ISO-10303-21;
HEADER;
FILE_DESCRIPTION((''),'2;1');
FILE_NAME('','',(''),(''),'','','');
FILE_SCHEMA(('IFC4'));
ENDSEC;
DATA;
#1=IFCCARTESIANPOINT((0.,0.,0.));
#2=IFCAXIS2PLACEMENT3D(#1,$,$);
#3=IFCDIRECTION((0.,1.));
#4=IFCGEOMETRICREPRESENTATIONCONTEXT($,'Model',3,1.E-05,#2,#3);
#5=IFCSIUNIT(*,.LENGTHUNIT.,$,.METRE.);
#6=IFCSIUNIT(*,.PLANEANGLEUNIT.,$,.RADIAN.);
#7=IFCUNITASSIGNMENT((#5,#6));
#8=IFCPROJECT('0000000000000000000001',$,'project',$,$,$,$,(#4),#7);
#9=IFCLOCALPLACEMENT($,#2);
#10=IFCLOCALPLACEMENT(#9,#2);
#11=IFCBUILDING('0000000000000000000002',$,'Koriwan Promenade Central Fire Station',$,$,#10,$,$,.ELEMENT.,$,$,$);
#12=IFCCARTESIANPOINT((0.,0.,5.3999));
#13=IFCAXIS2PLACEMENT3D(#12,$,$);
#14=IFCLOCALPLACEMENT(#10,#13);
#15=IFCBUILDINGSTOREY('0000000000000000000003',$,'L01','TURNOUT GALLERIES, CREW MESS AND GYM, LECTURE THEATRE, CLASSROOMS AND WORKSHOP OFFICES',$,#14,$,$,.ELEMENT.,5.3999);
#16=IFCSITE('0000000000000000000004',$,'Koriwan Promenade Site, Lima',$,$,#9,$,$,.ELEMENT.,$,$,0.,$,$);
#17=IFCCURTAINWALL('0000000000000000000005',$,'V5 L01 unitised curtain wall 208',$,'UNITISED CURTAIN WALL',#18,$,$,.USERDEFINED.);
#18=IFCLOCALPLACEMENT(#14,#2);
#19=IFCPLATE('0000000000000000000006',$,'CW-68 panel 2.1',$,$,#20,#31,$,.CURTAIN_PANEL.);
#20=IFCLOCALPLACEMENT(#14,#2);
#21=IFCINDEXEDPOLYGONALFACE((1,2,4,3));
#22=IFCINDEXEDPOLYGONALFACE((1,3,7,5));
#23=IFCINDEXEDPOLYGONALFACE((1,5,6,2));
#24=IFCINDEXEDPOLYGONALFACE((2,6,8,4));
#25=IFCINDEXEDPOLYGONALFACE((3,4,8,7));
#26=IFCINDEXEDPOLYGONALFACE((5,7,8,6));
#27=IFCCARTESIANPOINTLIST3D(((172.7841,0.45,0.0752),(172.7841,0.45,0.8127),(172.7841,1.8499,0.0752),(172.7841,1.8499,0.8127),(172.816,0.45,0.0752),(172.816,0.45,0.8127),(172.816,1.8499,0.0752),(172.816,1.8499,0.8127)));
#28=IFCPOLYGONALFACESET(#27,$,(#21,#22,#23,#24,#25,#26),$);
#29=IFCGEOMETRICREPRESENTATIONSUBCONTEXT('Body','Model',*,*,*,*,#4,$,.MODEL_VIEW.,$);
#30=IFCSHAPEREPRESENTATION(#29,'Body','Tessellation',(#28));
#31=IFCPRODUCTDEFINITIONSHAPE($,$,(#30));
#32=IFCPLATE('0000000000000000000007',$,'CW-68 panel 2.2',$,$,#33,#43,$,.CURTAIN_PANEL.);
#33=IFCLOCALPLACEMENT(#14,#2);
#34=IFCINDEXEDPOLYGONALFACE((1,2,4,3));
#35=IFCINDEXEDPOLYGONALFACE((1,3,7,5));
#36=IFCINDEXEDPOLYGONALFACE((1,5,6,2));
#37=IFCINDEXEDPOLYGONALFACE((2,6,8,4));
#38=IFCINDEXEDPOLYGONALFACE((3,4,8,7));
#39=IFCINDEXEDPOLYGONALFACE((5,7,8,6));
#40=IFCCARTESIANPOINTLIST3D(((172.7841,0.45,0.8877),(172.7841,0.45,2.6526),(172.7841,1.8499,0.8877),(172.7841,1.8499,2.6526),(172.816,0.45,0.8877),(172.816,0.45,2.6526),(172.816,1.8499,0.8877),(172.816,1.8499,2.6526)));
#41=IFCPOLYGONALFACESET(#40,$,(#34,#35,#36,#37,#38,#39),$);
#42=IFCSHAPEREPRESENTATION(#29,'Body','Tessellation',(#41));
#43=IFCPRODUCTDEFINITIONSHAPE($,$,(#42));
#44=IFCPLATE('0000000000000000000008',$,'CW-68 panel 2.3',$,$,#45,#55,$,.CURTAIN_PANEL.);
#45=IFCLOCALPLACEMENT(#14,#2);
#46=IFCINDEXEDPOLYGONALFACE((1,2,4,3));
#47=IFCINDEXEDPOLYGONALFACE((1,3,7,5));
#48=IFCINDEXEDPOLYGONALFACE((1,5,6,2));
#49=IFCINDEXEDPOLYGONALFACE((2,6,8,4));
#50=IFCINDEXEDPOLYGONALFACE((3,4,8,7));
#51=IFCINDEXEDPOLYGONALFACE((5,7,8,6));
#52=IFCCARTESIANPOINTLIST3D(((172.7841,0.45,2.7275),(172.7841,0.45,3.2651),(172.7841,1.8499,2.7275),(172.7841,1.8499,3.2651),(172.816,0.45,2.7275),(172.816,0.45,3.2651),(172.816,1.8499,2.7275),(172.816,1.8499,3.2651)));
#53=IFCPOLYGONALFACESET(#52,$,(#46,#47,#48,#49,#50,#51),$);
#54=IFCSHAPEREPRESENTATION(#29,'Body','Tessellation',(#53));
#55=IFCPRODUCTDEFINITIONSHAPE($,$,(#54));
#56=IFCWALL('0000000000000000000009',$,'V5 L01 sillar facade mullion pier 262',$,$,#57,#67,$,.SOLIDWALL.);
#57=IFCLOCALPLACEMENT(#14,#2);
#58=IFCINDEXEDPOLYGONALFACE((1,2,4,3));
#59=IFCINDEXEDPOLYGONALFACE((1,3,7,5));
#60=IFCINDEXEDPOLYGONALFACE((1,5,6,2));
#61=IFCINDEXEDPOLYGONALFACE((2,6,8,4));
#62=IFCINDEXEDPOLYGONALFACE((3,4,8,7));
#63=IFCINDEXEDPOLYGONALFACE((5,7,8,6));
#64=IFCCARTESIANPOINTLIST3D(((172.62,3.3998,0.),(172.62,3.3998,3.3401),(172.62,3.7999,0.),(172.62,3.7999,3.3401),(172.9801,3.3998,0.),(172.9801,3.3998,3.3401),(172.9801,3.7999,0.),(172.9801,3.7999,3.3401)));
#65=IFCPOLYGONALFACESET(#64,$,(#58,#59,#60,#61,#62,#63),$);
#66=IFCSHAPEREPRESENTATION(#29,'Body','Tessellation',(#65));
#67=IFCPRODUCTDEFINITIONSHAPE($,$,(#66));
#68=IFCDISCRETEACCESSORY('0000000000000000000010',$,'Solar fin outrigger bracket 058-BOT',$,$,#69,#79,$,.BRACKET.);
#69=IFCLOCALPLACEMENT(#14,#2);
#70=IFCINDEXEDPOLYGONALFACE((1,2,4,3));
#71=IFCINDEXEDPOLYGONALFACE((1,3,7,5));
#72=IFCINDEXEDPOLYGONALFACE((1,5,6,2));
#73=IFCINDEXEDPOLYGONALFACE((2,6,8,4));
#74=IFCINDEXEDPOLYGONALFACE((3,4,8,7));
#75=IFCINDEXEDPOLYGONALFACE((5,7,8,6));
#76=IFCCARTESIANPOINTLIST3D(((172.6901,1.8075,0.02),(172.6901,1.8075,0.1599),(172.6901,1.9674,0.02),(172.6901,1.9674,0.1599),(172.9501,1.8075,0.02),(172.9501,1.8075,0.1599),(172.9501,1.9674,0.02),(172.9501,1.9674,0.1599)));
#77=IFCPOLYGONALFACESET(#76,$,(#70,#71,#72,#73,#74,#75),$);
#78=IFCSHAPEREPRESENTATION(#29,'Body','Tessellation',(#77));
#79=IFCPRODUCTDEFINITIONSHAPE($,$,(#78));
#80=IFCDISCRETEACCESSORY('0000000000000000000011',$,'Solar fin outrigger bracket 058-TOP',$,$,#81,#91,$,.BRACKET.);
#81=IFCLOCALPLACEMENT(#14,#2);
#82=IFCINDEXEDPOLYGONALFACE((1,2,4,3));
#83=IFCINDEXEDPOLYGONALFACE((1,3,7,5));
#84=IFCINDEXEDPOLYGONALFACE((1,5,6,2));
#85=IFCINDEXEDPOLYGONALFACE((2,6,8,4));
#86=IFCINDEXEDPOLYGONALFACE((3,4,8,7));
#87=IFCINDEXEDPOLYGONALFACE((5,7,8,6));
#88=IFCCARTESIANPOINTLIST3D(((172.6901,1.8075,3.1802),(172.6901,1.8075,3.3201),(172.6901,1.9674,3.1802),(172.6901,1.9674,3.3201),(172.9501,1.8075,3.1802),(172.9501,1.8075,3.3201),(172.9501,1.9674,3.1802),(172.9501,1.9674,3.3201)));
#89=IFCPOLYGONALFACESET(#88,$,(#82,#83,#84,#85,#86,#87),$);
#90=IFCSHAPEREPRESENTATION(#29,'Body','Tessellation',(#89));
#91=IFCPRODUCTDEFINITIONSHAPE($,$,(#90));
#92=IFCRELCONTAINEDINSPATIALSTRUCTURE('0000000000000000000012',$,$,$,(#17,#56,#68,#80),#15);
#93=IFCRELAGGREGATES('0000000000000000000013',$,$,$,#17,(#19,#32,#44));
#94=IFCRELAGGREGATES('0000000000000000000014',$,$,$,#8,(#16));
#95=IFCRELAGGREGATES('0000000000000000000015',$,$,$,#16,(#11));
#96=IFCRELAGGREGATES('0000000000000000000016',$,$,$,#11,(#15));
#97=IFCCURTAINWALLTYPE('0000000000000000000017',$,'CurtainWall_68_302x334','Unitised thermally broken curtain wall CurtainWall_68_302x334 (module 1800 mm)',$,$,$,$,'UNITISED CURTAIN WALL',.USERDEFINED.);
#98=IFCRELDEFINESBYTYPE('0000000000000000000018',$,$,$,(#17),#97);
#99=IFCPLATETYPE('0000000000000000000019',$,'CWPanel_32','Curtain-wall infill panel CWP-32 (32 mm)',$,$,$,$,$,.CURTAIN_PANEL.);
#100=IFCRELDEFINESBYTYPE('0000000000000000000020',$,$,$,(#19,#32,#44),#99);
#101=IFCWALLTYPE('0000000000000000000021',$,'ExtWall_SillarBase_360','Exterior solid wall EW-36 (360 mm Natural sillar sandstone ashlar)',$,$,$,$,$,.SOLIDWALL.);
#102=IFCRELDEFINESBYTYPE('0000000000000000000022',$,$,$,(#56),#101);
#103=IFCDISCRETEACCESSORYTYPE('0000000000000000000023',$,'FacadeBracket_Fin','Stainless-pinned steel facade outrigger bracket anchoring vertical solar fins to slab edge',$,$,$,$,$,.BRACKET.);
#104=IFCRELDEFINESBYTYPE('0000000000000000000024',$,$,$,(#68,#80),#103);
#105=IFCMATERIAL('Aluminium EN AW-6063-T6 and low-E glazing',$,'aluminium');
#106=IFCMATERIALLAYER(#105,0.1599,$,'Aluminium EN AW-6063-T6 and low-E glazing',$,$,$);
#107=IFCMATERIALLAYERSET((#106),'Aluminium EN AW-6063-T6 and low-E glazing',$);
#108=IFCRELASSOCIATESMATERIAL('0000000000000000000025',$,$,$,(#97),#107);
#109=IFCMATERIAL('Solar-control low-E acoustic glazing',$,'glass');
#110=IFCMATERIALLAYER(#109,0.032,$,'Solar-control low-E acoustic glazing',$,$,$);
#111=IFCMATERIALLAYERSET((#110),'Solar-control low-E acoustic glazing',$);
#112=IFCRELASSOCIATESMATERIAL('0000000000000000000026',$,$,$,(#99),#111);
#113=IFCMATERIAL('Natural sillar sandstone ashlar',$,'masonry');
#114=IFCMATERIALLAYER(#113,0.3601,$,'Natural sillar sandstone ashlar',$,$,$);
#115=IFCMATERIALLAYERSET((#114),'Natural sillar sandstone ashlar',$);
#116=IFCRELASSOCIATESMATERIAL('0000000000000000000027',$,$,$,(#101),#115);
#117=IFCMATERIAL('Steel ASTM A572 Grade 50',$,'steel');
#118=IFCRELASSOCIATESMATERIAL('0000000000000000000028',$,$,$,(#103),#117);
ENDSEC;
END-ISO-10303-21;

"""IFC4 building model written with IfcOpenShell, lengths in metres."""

from ifc_helpers import new_model, si_unit, direction, frame, frame_2d, origin, origin_2d, place, context, subcontext, project, spatial, rectangle, extrude, material, layer, layer_set, type_object, element, aggregate, save


model = new_model("IFC4")

# Units and contexts
model_context = context("Model", 3, precision=1e-05, world=origin(), true_north=direction((0.0, 1.0)))
body_context = subcontext(model_context, "Body", "Model", "MODEL_VIEW")
ifc_project = project(units=[si_unit("LENGTHUNIT", "METRE"), si_unit("PLANEANGLEUNIT", "RADIAN")], contexts=[model_context])

# Site, building, storey
site_placement = place(None, origin())
site = spatial("IfcSite", under=ifc_project, at=site_placement, Name="Koriwan Promenade Site, Lima", CompositionType="ELEMENT", RefElevation=0.0)
building_placement = place(site_placement, origin())
building = spatial("IfcBuilding", under=site, at=building_placement, Name="Koriwan Promenade Central Fire Station", CompositionType="ELEMENT")
storey_placement = place(building_placement, frame((0.0, 0.0, 5.3999)))
storey = spatial("IfcBuildingStorey", under=building, at=storey_placement, Name="L01", Description="TURNOUT GALLERIES, CREW MESS AND GYM, LECTURE THEATRE, CLASSROOMS AND WORKSHOP OFFICES", CompositionType="ELEMENT", Elevation=5.3999)

# Shared definitions
ifc_material_1 = material(Name="Aluminium EN AW-6063-T6 and low-E glazing", Category="aluminium")

# Curtain wall
ifc_layer_1 = layer(ifc_material_1, 0.1599, Name="Aluminium EN AW-6063-T6 and low-E glazing")
ifc_layer_set_1 = layer_set([ifc_layer_1], Name="Aluminium EN AW-6063-T6 and low-E glazing")
curtain_wall_type_1 = type_object("IfcCurtainWallType", Name="CurtainWall_68_302x334", Description="Unitised thermally broken curtain wall CurtainWall_68_302x334 (module 1800 mm)", ElementType="UNITISED CURTAIN WALL", PredefinedType="USERDEFINED", material=ifc_layer_set_1)
curtain_wall_1_placement = place(storey_placement, origin())
curtain_wall_1 = element("IfcCurtainWall", 1, at=curtain_wall_1_placement, inside=storey, type_object=curtain_wall_type_1, Name="V5 L01 unitised curtain wall 208", ObjectType="UNITISED CURTAIN WALL", PredefinedType="USERDEFINED")

# Plates
ifc_material_2 = material(Name="Solar-control low-E acoustic glazing", Category="glass")
ifc_layer_2 = layer(ifc_material_2, 0.032, Name="Solar-control low-E acoustic glazing")
ifc_layer_set_2 = layer_set([ifc_layer_2], Name="Solar-control low-E acoustic glazing")
plate_type = type_object("IfcPlateType", Name="CWPanel_32", Description="Curtain-wall infill panel CWP-32 (32 mm)", PredefinedType="CURTAIN_PANEL", material=ifc_layer_set_2)
plate_1_placement = place(storey_placement, frame((172.8, 1.1499, 0.0752), z_axis=(0.0, 0.0, 1.0), x_axis=(0.0, -1.0, 0.0)))
plate_1 = element("IfcPlate", 2, at=plate_1_placement, type_object=plate_type, Name="CW-68 panel 2.1", PredefinedType="CURTAIN_PANEL", context=body_context, shape_type="SweptSolid", body=[
    extrude(rectangle(XDim=1.3999, YDim=0.032, at=origin_2d()), origin(), (0.0, 0.0, 1.0), 0.7375),
])
plate_2_placement = place(storey_placement, frame((172.8, 1.1499, 0.8877), z_axis=(0.0, 0.0, 1.0), x_axis=(0.0, -1.0, 0.0)))
plate_2 = element("IfcPlate", 3, at=plate_2_placement, type_object=plate_type, Name="CW-68 panel 2.2", PredefinedType="CURTAIN_PANEL", context=body_context, shape_type="SweptSolid", body=[
    extrude(rectangle(XDim=1.3999, YDim=0.032, at=origin_2d()), origin(), (0.0, 0.0, 1.0), 1.7649),
])
plate_3_placement = place(storey_placement, frame((172.8, 1.1499, 2.7275), z_axis=(0.0, 0.0, 1.0), x_axis=(0.0, -1.0, 0.0)))
plate_3 = element("IfcPlate", 4, at=plate_3_placement, type_object=plate_type, Name="CW-68 panel 2.3", PredefinedType="CURTAIN_PANEL", context=body_context, shape_type="SweptSolid", body=[
    extrude(rectangle(XDim=1.3999, YDim=0.032, at=origin_2d()), origin(), (0.0, 0.0, 1.0), 0.5376),
])
aggregate(curtain_wall_1, [plate_1, plate_2, plate_3])

# Wall
ifc_material_3 = material(Name="Natural sillar sandstone ashlar", Category="masonry")
ifc_layer_3 = layer(ifc_material_3, 0.3601, Name="Natural sillar sandstone ashlar")
ifc_layer_set_3 = layer_set([ifc_layer_3], Name="Natural sillar sandstone ashlar")
wall_type = type_object("IfcWallType", Name="ExtWall_SillarBase_360", Description="Exterior solid wall EW-36 (360 mm Natural sillar sandstone ashlar)", PredefinedType="SOLIDWALL", material=ifc_layer_set_3)
wall_placement = place(storey_placement, frame((172.8, 3.8, 0.0), z_axis=(0.0, 0.0, 1.0), x_axis=(0.0, -1.0, 0.0)))
element("IfcWall", 5, at=wall_placement, inside=storey, type_object=wall_type, Name="V5 L01 sillar facade mullion pier 262", PredefinedType="SOLIDWALL", context=body_context, shape_type="SweptSolid", body=[
    extrude(rectangle(XDim=0.4001, YDim=0.3601, at=frame_2d((0.2002, 0.0))), origin(), (0.0, 0.0, 1.0), 3.3401),
])

# Discrete accessories
ifc_material_4 = material(Name="Steel ASTM A572 Grade 50", Category="steel")
discrete_accessory_type = type_object("IfcDiscreteAccessoryType", Name="FacadeBracket_Fin", Description="Stainless-pinned steel facade outrigger bracket anchoring vertical solar fins to slab edge", PredefinedType="BRACKET", material=ifc_material_4)
for number, where, z_axis, x_axis, name in (
    (6, (172.8201, 1.8875, 0.02), (0.0, 0.0, 1.0), (1.0, 0.0, 0.0), "Solar fin outrigger bracket 058-BOT"),
    (7, (172.8201, 1.8875, 3.1802), (0.0, 0.0, 1.0), (1.0, 0.0, 0.0), "Solar fin outrigger bracket 058-TOP"),
):
    element("IfcDiscreteAccessory", number, at=place(storey_placement, frame(where, z_axis=z_axis, x_axis=x_axis)), inside=storey, type_object=discrete_accessory_type, Name=name, PredefinedType="BRACKET", context=body_context, shape_type="SweptSolid", body=[
        extrude(rectangle(XDim=0.26, YDim=0.1599, at=origin_2d()), origin(), (0.0, 0.0, 1.0), 0.1399),
    ])

save(model, "model.ifc")
